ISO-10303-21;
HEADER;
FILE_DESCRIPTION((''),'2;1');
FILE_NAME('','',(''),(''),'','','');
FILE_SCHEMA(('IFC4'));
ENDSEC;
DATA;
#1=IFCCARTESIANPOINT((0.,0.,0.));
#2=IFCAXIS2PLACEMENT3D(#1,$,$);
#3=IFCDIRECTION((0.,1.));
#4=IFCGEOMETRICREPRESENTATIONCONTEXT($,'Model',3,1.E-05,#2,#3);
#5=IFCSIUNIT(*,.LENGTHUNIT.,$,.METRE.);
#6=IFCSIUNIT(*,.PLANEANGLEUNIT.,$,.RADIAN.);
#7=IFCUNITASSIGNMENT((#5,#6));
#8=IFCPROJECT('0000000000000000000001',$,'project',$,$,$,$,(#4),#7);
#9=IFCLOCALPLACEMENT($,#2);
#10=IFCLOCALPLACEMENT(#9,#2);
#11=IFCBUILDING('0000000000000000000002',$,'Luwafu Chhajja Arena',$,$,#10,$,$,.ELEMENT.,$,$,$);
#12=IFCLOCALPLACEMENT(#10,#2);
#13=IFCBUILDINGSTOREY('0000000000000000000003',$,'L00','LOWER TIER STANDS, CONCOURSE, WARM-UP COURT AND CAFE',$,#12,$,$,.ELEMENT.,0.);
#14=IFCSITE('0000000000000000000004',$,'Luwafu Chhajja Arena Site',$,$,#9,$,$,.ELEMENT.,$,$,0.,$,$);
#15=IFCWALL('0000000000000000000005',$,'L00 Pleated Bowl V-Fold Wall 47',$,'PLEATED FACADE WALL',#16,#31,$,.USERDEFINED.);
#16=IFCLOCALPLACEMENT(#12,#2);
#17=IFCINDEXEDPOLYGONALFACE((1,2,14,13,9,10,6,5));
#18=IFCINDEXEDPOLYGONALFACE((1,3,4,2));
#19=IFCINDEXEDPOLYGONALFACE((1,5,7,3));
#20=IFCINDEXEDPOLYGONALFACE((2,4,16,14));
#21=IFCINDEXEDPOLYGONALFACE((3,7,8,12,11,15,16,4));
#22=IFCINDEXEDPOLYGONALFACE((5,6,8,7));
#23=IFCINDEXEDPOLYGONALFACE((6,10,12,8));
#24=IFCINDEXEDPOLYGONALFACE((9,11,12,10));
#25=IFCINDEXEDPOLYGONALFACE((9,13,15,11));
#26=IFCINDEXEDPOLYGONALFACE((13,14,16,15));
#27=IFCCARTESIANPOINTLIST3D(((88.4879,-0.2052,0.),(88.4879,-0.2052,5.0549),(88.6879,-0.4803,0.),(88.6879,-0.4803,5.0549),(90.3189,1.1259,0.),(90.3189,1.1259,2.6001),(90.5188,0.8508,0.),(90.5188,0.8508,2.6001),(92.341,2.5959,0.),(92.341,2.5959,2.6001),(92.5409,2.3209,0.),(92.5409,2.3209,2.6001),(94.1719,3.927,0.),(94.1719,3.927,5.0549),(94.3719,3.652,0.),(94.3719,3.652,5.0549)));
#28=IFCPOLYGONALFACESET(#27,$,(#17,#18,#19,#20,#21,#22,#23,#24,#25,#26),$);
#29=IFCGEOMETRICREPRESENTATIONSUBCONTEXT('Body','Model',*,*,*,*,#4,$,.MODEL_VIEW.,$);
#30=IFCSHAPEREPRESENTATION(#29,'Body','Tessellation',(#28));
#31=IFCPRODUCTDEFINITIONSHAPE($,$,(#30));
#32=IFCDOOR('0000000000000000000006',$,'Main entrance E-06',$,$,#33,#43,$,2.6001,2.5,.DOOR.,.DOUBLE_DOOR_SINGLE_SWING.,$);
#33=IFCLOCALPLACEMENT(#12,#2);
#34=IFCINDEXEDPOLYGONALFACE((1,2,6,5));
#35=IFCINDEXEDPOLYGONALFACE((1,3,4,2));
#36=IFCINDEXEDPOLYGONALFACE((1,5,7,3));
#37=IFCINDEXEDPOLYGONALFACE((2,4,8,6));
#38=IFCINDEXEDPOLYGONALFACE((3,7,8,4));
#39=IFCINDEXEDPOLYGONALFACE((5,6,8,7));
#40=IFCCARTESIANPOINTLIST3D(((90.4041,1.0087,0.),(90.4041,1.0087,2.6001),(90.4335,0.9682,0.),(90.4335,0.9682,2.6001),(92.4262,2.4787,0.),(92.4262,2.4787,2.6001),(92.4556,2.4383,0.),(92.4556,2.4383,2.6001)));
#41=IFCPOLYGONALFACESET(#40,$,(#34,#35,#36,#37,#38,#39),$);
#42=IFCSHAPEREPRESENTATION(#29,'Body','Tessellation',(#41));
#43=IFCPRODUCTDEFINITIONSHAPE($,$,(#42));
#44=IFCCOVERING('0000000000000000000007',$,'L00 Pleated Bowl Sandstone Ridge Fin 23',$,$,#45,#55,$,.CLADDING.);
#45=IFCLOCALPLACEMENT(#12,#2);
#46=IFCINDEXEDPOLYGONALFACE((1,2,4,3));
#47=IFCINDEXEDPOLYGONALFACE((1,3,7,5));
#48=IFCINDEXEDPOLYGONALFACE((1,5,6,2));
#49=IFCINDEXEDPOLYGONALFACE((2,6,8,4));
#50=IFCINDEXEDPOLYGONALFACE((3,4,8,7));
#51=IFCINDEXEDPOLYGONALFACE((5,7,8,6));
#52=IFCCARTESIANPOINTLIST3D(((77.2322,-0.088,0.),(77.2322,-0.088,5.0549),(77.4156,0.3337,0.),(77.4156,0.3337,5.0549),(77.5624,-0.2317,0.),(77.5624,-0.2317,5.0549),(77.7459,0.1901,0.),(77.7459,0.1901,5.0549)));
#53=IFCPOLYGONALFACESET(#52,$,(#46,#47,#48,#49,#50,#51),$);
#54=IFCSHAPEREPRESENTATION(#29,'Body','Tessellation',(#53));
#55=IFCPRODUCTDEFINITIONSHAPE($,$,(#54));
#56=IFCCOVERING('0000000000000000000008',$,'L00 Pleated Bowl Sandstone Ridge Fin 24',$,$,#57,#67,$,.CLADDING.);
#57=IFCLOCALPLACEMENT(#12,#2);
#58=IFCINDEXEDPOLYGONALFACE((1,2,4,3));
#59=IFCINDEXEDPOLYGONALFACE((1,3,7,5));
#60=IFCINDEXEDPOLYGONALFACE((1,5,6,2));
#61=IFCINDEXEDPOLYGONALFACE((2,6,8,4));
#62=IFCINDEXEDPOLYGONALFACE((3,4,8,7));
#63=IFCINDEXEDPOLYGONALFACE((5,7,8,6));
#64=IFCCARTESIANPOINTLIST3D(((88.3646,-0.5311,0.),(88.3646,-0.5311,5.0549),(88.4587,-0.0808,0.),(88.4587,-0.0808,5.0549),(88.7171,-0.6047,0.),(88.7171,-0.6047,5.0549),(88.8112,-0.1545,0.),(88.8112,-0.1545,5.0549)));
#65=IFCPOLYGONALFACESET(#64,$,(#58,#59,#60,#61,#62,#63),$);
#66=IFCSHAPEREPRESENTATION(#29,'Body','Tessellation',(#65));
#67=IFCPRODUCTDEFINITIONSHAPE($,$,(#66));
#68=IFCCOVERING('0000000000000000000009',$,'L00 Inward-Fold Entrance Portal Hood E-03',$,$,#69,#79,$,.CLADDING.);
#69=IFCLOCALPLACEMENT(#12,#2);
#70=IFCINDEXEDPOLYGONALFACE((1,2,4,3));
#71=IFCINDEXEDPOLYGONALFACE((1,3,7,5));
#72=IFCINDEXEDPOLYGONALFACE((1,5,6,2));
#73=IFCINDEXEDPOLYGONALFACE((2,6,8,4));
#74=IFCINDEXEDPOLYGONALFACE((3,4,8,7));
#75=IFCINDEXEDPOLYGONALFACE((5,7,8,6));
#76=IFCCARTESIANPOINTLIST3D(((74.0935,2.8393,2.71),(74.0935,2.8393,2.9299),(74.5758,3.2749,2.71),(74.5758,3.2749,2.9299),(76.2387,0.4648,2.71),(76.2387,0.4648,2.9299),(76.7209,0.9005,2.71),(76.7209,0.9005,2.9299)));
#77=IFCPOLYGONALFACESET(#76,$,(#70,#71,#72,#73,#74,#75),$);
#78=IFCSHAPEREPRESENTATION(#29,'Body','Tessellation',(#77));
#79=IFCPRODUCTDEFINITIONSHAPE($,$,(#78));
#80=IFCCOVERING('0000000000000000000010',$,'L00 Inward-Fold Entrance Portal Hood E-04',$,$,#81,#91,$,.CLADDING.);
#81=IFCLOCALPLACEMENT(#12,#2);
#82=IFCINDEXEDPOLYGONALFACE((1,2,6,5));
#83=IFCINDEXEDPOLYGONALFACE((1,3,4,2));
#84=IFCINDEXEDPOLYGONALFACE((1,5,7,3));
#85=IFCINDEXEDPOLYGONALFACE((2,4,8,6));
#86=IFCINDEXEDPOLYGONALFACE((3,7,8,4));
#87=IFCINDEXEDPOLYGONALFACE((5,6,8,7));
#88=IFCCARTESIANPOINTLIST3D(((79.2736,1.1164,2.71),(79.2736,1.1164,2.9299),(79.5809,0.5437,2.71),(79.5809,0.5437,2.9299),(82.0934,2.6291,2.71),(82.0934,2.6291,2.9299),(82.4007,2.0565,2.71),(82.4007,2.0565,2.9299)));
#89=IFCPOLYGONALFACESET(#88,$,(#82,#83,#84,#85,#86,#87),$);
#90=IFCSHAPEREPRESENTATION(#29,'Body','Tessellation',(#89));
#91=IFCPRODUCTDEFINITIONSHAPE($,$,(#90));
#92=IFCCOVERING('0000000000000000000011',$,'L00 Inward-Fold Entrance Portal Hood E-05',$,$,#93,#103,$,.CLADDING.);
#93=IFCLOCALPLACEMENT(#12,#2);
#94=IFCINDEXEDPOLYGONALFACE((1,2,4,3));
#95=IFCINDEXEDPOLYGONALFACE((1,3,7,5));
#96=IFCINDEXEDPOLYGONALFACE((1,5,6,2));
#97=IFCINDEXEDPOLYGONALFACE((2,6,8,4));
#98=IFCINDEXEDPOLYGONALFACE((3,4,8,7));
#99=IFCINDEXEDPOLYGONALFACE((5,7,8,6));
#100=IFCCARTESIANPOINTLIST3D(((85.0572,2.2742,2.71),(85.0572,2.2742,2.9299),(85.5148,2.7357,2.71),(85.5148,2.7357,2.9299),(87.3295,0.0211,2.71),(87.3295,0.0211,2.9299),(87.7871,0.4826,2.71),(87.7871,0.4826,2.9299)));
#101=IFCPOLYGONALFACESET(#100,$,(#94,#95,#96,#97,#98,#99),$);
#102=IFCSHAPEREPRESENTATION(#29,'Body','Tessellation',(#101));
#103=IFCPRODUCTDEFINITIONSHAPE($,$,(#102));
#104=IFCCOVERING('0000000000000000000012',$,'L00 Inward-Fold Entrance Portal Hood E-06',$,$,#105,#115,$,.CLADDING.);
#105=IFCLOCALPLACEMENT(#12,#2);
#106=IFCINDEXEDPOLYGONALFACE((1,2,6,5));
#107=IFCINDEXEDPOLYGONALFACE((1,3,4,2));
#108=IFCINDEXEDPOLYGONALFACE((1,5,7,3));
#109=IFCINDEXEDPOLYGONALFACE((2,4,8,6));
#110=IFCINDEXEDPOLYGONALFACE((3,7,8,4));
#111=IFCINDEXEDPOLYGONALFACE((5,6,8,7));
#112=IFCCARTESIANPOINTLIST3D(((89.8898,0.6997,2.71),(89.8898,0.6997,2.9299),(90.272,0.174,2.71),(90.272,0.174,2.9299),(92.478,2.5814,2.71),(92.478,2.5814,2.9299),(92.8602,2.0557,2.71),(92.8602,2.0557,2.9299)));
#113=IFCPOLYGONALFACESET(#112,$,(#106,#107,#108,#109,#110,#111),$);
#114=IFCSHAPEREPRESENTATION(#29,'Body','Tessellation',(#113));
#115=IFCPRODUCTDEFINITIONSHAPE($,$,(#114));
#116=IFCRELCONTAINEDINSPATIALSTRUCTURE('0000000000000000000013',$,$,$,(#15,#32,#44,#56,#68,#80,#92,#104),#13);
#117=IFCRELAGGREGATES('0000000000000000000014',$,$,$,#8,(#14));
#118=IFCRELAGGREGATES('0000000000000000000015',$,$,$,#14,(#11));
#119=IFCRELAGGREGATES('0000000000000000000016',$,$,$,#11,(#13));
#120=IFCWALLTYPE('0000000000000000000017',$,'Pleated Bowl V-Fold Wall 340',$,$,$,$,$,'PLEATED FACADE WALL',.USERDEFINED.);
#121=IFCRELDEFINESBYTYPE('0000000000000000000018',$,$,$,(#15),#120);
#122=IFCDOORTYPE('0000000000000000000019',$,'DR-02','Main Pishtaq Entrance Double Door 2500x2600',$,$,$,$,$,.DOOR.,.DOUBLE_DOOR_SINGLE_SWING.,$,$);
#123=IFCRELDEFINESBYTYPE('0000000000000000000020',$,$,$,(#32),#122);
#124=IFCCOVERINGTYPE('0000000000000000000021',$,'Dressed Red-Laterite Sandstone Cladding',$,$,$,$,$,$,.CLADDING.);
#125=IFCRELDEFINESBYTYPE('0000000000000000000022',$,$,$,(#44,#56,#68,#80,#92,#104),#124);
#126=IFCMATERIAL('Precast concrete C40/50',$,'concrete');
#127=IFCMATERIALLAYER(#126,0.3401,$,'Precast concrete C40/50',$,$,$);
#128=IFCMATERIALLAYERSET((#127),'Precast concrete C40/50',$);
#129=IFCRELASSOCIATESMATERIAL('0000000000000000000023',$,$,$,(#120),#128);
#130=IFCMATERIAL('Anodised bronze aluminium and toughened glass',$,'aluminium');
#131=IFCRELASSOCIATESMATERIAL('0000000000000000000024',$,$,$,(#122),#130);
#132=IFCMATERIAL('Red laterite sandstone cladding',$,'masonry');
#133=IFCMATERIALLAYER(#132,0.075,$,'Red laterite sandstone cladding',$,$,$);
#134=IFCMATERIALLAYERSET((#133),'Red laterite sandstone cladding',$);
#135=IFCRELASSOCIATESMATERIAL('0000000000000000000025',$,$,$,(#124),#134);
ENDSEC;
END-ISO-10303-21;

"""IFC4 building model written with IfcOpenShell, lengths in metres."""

from ifc_helpers import new_model, si_unit, direction, frame, frame_2d, origin, origin_2d, place, context, subcontext, project, spatial, rectangle, extrude, material, layer, layer_set, type_object, element, fill, save


model = new_model("IFC4")

# Units and contexts
model_context = context("Model", 3, precision=1e-05, world=origin(), true_north=direction((0.0, 1.0)))
body_context = subcontext(model_context, "Body", "Model", "MODEL_VIEW")
ifc_project = project(units=[si_unit("LENGTHUNIT", "METRE"), si_unit("PLANEANGLEUNIT", "RADIAN")], contexts=[model_context])

# Site, building, storey
site_placement = place(None, origin())
site = spatial("IfcSite", under=ifc_project, at=site_placement, Name="Luwafu Chhajja Arena Site", CompositionType="ELEMENT", RefElevation=0.0)
building_placement = place(site_placement, origin())
building = spatial("IfcBuilding", under=site, at=building_placement, Name="Luwafu Chhajja Arena", CompositionType="ELEMENT")
storey_placement = place(building_placement, origin())
storey = spatial("IfcBuildingStorey", under=building, at=storey_placement, Name="L00", Description="LOWER TIER STANDS, CONCOURSE, WARM-UP COURT AND CAFE", CompositionType="ELEMENT", Elevation=0.0)

# Wall, opening, door
ifc_material_1 = material(Name="Precast concrete C40/50", Category="concrete")
ifc_layer_1 = layer(ifc_material_1, 0.3401, Name="Precast concrete C40/50")
ifc_layer_set_1 = layer_set([ifc_layer_1], Name="Precast concrete C40/50")
wall_type = type_object("IfcWallType", Name="Pleated Bowl V-Fold Wall 340", ElementType="PLEATED FACADE WALL", PredefinedType="USERDEFINED", material=ifc_layer_set_1)
ifc_material_2 = material(Name="Anodised bronze aluminium and toughened glass", Category="aluminium")
door_type = type_object("IfcDoorType", Name="DR-02", Description="Main Pishtaq Entrance Double Door 2500x2600", OperationType="DOUBLE_DOOR_SINGLE_SWING", PredefinedType="DOOR", material=ifc_material_2)
wall_1_placement = place(storey_placement, frame((88.5879, -0.3428, 0.0), z_axis=(0.0, 0.0, 1.0), x_axis=(0.808841, 0.588027, 0.0)))
wall_1 = element("IfcWall", 1, at=wall_1_placement, inside=storey, type_object=wall_type, Name="L00 Pleated Bowl V-Fold Wall 47", ObjectType="PLEATED FACADE WALL", PredefinedType="USERDEFINED", context=body_context, shape_type="SweptSolid", body=[
    extrude(rectangle(XDim=7.0273, YDim=0.3401, at=frame_2d((3.5137, 0.0))), origin(), (0.0, 0.0, 1.0), 5.0549),
])
opening_1_placement = place(wall_1_placement, frame((2.2637, 0.0, 0.0)))
opening_1 = element("IfcOpeningElement", 2, at=opening_1_placement, cuts=wall_1, PredefinedType="OPENING", context=body_context, shape_type="SweptSolid", body=[
    extrude(rectangle(XDim=2.5, YDim=2.6001, at=frame_2d((1.25, 1.3))), frame((0.0, 0.1799, 0.0), z_axis=(0.0, -1.0, 0.0), x_axis=(1.0, 0.0, 0.0)), (0.0, 0.0, 1.0), 0.3601),
])
door_1_placement = place(opening_1_placement, frame((2.5, 0.0, 0.0), z_axis=(0.0, 0.0, 1.0), x_axis=(-1.0, 0.0, 0.0)))
door_1 = element("IfcDoor", 3, at=door_1_placement, inside=storey, type_object=door_type, Name="Main entrance E-06", OperationType="DOUBLE_DOOR_SINGLE_SWING", OverallHeight=2.6001, OverallWidth=2.5, PredefinedType="DOOR", context=body_context, shape_type="SweptSolid", body=[
    extrude(rectangle(XDim=2.5, YDim=2.6001, at=frame_2d((1.25, 1.3))), frame((0.0, 0.0249, 0.0), z_axis=(0.0, -1.0, 0.0), x_axis=(1.0, 0.0, 0.0)), (0.0, 0.0, 1.0), 0.05),
])
fill(opening_1, door_1)

# Coverings
ifc_material_3 = material(Name="Red laterite sandstone cladding", Category="masonry")
ifc_layer_2 = layer(ifc_material_3, 0.075, Name="Red laterite sandstone cladding")
ifc_layer_set_2 = layer_set([ifc_layer_2], Name="Red laterite sandstone cladding")
covering_type = type_object("IfcCoveringType", Name="Dressed Red-Laterite Sandstone Cladding", PredefinedType="CLADDING", material=ifc_layer_set_2)
for number, where, z_axis, x_axis, name in (
    (4, (77.489, 0.051, 0.0), (0.0, 0.0, 1.0), (-0.398903, -0.916993, 0.0), "L00 Pleated Bowl Sandstone Ridge Fin 23"),
    (5, (88.5879, -0.3428, 0.0), (0.0, 0.0, 1.0), (-0.204485, -0.97887, 0.0), "L00 Pleated Bowl Sandstone Ridge Fin 24"),
):
    element("IfcCovering", number, at=place(storey_placement, frame(where, z_axis=z_axis, x_axis=x_axis)), inside=storey, type_object=covering_type, Name=name, PredefinedType="CLADDING", context=body_context, shape_type="SweptSolid", body=[
        extrude(rectangle(XDim=0.46, YDim=0.3601, at=origin_2d()), origin(), (0.0, 0.0, 1.0), 5.0549),
    ])
for number, where, z_axis, x_axis, name in (
    (6, (75.4072, 1.8699, 2.71), (0.0, 0.0, 1.0), (0.670358, -0.742038, 0.0), "L00 Inward-Fold Entrance Portal Hood E-03"),
    (7, (80.8372, 1.5864, 2.71), (0.0, 0.0, 1.0), (0.881201, 0.472742, 0.0), "L00 Inward-Fold Entrance Portal Hood E-04"),
    (8, (86.4221, 1.3784, 2.71), (0.0, 0.0, 1.0), (0.710109, -0.704092, 0.0), "L00 Inward-Fold Entrance Portal Hood E-05"),
    (9, (91.375, 1.3777, 2.71), (0.0, 0.0, 1.0), (0.808839, 0.58803, 0.0), "L00 Inward-Fold Entrance Portal Hood E-06"),
):
    element("IfcCovering", number, at=place(storey_placement, frame(where, z_axis=z_axis, x_axis=x_axis)), inside=storey, type_object=covering_type, Name=name, PredefinedType="CLADDING", context=body_context, shape_type="SweptSolid", body=[
        extrude(rectangle(XDim=3.2, YDim=0.6499, at=origin_2d()), origin(), (0.0, 0.0, 1.0), 0.22),
    ])

save(model, "model.ifc")
